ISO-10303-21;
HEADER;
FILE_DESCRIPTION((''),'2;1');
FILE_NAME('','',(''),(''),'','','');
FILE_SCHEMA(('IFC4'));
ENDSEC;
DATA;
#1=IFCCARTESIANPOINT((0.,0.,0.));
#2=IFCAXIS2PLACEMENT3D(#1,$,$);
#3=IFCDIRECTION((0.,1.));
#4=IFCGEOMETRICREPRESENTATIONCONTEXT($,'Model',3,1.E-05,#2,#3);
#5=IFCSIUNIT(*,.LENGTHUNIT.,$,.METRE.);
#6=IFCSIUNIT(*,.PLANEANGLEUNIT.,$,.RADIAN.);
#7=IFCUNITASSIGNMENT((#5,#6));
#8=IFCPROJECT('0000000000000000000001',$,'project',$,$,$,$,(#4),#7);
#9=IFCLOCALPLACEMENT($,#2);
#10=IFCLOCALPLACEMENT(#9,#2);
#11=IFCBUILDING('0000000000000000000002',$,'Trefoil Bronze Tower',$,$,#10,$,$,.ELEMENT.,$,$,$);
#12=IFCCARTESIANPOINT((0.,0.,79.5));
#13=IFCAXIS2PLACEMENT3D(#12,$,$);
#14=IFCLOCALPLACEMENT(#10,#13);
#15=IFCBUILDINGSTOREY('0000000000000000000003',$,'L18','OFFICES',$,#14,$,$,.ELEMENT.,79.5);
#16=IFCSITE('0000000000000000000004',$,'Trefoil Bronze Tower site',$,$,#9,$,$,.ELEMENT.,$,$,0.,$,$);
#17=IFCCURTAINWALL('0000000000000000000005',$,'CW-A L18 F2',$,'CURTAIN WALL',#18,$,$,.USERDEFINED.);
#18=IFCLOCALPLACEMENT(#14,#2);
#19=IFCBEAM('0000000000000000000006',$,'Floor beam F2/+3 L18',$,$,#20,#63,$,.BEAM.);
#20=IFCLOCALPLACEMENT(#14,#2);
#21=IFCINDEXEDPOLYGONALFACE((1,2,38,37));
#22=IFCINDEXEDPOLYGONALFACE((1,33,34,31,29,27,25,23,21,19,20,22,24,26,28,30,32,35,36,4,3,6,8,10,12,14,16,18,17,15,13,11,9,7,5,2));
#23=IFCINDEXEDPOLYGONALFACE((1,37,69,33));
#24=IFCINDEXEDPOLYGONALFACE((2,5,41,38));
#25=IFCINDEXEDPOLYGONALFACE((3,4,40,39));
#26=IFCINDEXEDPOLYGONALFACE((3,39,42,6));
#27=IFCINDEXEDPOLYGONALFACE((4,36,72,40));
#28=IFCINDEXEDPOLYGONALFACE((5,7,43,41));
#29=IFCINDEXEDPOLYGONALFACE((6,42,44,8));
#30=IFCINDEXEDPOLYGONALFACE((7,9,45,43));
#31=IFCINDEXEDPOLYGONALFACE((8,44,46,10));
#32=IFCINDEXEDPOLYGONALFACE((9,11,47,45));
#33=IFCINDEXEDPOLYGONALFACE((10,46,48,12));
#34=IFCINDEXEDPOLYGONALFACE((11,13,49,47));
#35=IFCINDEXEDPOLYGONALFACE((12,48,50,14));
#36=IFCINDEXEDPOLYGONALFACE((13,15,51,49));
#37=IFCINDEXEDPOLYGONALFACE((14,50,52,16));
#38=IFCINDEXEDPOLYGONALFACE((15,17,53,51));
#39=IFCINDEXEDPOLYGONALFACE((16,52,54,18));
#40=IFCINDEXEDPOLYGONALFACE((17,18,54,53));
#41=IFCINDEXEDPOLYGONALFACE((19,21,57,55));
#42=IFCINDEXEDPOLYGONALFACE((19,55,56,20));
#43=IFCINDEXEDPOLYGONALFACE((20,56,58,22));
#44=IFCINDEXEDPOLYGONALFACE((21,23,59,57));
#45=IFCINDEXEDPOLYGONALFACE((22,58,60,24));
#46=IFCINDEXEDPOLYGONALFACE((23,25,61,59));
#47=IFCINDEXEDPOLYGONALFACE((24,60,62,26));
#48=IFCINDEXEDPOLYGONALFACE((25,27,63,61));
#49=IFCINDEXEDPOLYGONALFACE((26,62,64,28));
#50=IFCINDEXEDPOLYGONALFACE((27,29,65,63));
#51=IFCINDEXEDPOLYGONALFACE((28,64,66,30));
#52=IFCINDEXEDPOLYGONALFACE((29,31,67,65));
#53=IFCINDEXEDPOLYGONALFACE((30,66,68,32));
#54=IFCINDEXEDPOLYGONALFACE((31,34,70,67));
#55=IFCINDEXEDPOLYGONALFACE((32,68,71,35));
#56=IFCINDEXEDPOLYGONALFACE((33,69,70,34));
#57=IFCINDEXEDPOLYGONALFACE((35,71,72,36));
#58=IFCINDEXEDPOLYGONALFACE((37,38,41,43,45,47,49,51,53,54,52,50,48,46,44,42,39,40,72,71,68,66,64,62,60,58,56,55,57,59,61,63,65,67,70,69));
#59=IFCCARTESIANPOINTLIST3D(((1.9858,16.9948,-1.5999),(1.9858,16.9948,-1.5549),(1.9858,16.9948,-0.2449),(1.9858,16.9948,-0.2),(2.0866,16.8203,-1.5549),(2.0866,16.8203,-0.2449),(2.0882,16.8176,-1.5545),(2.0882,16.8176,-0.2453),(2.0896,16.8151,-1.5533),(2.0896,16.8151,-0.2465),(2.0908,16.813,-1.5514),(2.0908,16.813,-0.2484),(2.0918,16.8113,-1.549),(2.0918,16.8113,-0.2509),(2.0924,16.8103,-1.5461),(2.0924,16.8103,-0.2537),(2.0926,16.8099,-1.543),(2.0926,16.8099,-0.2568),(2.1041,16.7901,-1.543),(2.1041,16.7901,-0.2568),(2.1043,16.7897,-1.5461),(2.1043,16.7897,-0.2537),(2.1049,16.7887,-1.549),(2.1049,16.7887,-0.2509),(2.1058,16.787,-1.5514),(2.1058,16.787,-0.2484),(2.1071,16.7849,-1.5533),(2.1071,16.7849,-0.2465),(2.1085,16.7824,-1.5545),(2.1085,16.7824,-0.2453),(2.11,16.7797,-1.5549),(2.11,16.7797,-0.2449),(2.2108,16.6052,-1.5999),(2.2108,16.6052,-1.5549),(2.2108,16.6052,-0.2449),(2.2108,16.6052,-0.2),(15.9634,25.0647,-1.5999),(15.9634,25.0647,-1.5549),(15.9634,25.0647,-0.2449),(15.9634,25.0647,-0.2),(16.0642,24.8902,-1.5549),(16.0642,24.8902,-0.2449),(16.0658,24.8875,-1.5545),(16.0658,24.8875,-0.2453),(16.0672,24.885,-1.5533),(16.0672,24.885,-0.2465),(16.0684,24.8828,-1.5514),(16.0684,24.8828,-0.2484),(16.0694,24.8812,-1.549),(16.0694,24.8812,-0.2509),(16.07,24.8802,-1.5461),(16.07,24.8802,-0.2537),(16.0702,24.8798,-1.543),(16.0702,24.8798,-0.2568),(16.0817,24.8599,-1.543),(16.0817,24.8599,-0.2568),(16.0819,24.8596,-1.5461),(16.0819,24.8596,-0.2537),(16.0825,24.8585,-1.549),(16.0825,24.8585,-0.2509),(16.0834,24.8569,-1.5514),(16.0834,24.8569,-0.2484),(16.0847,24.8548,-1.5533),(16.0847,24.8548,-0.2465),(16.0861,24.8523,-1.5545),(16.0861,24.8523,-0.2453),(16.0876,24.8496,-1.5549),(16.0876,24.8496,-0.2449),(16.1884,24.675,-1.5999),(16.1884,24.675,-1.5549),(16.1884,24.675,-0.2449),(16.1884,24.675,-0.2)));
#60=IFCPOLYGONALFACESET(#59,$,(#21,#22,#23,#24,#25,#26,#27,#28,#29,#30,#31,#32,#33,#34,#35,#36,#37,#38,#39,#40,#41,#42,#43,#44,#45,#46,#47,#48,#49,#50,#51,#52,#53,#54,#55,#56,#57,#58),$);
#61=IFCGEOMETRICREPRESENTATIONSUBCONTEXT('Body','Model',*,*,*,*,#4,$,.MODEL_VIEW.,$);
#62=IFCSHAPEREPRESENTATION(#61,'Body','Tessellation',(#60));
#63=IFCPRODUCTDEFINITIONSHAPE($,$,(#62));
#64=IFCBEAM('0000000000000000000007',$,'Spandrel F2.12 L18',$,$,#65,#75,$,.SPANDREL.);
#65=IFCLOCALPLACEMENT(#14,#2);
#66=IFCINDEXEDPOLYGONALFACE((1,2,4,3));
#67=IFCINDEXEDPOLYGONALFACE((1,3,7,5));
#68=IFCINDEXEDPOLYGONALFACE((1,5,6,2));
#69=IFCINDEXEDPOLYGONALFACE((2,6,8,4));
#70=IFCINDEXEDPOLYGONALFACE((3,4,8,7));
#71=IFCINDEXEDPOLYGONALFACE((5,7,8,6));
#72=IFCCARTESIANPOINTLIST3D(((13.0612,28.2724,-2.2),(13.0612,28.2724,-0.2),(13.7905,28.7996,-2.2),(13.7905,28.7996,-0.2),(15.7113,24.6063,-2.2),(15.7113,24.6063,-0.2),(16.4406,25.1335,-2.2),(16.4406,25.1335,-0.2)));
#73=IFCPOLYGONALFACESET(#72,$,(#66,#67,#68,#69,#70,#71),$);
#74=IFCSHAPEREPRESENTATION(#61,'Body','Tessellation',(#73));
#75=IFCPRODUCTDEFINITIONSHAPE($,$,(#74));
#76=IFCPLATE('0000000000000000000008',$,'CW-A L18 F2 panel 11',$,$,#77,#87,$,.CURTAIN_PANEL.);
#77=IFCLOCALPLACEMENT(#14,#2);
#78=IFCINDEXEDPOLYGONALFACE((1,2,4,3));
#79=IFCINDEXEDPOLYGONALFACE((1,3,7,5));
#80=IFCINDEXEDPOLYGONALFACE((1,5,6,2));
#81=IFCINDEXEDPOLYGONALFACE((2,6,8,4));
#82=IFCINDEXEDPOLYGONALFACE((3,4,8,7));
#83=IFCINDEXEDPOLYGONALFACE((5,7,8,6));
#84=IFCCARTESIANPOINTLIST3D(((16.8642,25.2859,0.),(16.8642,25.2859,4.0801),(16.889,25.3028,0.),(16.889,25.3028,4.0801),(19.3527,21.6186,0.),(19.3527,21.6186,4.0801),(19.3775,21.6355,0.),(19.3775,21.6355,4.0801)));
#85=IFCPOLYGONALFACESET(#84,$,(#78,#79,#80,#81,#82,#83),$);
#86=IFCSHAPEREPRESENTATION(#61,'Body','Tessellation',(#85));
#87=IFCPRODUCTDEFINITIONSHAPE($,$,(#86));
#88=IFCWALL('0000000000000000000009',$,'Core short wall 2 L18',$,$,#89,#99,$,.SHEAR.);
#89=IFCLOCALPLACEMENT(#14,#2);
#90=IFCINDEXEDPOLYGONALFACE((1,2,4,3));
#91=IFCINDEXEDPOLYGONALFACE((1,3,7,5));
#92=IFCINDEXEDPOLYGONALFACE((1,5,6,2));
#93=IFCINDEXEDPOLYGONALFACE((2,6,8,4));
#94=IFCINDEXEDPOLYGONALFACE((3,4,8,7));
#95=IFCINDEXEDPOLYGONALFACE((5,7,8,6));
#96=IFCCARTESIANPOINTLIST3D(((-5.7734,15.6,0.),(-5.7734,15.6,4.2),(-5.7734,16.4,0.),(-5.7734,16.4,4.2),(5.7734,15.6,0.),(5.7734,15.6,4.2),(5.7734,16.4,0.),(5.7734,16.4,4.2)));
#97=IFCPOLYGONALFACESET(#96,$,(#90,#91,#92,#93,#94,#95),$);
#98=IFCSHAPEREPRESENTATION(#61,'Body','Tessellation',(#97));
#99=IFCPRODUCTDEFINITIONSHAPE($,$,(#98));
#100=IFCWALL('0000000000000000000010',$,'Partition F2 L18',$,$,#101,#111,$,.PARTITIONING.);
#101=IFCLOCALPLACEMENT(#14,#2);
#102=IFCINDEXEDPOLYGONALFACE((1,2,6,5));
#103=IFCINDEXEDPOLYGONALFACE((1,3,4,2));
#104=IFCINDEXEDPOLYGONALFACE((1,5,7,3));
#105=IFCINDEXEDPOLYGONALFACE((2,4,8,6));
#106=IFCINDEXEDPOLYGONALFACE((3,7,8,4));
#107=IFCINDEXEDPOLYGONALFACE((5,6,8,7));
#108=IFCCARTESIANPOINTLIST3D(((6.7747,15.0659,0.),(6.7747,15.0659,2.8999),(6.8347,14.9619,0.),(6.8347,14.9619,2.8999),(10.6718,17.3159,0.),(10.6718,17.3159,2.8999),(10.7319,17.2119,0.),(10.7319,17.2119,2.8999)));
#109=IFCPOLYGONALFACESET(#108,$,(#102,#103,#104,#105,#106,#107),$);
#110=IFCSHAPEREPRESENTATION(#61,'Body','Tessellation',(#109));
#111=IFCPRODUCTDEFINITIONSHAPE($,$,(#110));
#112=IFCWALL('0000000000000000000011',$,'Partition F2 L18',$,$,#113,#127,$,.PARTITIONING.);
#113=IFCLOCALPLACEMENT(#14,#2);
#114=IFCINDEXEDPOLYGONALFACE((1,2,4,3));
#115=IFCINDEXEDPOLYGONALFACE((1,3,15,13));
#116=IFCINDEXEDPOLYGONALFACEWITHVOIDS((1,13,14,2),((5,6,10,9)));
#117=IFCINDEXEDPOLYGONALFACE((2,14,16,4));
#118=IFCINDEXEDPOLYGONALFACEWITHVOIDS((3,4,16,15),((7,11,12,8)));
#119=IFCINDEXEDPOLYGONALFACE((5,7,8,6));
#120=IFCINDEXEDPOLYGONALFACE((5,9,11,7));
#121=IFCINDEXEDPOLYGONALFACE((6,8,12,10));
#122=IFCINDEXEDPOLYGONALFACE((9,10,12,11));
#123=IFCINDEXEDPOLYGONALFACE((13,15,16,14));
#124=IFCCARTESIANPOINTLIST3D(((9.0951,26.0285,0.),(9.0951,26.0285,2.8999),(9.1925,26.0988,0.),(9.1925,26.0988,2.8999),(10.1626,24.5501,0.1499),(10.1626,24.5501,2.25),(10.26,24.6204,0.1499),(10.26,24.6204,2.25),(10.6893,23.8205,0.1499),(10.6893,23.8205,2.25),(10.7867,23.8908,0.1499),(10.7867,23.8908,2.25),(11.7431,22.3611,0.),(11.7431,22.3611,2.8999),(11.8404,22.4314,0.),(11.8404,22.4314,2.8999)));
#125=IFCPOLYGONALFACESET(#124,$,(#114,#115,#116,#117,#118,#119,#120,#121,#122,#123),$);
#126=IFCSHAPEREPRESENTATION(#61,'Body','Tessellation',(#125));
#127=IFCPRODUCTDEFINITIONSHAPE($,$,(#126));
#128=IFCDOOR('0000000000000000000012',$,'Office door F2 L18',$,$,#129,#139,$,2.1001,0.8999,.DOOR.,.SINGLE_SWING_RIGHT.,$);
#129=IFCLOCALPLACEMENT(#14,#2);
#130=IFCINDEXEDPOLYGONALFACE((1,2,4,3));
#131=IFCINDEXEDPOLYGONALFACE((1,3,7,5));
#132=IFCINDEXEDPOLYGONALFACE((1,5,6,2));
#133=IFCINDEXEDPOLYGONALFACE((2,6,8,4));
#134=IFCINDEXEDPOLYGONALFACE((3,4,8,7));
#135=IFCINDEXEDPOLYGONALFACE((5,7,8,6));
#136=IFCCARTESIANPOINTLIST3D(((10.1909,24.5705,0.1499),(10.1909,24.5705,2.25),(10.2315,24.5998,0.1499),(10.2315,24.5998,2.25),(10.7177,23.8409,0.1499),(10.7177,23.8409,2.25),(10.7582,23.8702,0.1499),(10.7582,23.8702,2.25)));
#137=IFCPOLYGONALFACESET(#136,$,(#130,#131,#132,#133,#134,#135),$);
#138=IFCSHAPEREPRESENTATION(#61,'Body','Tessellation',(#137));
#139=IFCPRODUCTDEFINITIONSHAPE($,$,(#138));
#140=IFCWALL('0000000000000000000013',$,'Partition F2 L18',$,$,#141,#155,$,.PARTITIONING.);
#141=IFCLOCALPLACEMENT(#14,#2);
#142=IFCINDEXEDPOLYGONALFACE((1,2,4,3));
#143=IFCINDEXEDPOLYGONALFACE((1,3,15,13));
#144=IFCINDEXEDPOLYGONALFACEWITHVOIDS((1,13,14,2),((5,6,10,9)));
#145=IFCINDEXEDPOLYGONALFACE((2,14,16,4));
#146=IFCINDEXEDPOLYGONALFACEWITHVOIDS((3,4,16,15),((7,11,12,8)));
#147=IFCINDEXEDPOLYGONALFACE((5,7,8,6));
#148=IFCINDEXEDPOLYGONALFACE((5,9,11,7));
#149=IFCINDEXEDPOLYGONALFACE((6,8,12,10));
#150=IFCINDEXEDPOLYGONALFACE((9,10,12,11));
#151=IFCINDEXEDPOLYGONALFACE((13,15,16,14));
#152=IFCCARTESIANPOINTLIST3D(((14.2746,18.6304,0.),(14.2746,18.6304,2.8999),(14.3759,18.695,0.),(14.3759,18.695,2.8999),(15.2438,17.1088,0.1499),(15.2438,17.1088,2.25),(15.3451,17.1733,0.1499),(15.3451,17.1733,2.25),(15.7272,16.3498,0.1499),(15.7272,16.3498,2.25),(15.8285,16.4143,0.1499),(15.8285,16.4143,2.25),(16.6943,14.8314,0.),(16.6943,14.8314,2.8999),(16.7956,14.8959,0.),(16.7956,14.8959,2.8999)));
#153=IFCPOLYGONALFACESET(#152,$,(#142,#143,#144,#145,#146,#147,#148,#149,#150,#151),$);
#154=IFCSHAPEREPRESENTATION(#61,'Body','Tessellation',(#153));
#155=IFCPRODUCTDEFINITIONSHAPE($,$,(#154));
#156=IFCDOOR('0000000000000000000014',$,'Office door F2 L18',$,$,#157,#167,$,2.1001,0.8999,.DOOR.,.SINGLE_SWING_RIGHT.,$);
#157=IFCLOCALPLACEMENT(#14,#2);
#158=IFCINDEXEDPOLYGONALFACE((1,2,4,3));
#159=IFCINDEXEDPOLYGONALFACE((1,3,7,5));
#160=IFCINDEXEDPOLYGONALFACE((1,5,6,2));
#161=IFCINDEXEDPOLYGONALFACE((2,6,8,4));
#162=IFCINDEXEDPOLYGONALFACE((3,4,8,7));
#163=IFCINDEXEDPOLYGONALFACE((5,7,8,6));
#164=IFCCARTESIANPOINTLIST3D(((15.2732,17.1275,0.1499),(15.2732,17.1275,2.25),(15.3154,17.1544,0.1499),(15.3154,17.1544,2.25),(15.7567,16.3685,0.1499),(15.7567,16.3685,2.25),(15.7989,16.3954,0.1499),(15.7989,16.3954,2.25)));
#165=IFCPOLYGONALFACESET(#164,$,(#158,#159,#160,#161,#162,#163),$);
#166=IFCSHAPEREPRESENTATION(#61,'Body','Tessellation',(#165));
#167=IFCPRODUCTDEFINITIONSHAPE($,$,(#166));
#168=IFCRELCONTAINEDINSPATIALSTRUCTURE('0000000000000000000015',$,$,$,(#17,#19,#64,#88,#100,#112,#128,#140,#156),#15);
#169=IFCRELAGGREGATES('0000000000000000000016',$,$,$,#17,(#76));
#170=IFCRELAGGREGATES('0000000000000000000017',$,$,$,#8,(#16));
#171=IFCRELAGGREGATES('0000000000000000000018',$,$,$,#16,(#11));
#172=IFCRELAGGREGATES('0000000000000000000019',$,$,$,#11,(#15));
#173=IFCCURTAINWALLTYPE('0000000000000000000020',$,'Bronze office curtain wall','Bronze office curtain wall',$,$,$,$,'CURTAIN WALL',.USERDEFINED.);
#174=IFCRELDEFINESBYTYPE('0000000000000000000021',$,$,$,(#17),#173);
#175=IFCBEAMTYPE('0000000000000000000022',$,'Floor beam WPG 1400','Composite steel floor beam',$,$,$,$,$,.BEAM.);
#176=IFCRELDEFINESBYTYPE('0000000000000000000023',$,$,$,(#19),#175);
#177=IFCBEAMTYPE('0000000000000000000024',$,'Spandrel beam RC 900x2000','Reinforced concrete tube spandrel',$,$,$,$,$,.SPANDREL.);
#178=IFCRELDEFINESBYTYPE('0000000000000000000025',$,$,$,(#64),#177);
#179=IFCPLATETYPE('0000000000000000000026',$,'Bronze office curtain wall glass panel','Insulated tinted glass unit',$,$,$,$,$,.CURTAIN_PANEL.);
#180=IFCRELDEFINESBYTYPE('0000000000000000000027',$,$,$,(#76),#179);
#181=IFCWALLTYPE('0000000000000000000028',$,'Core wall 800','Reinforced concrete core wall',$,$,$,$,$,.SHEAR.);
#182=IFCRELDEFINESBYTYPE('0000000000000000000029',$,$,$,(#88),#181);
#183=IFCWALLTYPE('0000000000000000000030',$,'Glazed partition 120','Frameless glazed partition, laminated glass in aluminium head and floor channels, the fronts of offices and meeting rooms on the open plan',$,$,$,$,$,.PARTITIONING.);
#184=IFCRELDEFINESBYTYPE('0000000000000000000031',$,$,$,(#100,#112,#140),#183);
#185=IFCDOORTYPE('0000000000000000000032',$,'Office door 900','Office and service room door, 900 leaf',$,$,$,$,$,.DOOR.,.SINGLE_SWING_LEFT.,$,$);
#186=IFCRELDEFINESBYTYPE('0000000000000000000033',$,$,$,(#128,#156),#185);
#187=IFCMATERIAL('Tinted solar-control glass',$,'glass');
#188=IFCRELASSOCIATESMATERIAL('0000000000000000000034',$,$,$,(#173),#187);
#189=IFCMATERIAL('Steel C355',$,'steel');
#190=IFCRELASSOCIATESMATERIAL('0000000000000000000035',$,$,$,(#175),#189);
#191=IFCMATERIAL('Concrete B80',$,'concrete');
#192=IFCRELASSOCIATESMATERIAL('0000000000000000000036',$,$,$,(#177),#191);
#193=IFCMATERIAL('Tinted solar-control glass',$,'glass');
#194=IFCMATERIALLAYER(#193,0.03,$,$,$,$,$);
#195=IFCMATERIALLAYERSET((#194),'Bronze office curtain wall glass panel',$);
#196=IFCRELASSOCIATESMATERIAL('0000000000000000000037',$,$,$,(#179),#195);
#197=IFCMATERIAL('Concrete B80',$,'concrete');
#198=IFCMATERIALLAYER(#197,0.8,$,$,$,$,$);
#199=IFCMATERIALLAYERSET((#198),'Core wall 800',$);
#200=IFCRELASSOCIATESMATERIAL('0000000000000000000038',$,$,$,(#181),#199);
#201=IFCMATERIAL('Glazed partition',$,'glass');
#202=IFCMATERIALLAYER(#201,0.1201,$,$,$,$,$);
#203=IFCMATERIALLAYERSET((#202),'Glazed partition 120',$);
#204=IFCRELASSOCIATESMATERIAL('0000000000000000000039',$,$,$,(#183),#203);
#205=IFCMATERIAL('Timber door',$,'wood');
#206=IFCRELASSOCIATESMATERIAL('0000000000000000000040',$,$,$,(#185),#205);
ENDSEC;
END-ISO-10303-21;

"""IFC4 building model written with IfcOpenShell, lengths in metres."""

from ifc_helpers import new_model, si_unit, direction, frame, frame_2d, origin, origin_2d, place, context, subcontext, project, spatial, rectangle, i_section, extrude, material, layer, layer_set, material_profile, profile_set, type_object, element, fill, aggregate, save


model = new_model("IFC4")

# Units and contexts
model_context = context("Model", 3, precision=1e-05, world=origin(), true_north=direction((0.0, 1.0)))
body_context = subcontext(model_context, "Body", "Model", "MODEL_VIEW")
ifc_project = project(units=[si_unit("LENGTHUNIT", "METRE"), si_unit("PLANEANGLEUNIT", "RADIAN")], contexts=[model_context])

# Site, building, storey
site_placement = place(None, origin())
site = spatial("IfcSite", under=ifc_project, at=site_placement, Name="Trefoil Bronze Tower site", CompositionType="ELEMENT", RefElevation=0.0)
building_placement = place(site_placement, origin())
building = spatial("IfcBuilding", under=site, at=building_placement, Name="Trefoil Bronze Tower", CompositionType="ELEMENT")
storey_placement = place(building_placement, frame((0.0, 0.0, 79.5)))
storey = spatial("IfcBuildingStorey", under=building, at=storey_placement, Name="L18", Description="OFFICES", CompositionType="ELEMENT", Elevation=79.5)

# Curtain wall
ifc_material_1 = material(Name="Tinted solar-control glass", Category="glass")
curtain_wall_type = type_object("IfcCurtainWallType", Name="Bronze office curtain wall", Description="Bronze office curtain wall", ElementType="CURTAIN WALL", PredefinedType="USERDEFINED", material=ifc_material_1)
curtain_wall_placement = place(storey_placement, origin())
curtain_wall = element("IfcCurtainWall", 1, at=curtain_wall_placement, inside=storey, type_object=curtain_wall_type, Name="CW-A L18 F2", ObjectType="CURTAIN WALL", PredefinedType="USERDEFINED")

# Beams
ifc_material_2 = material(Name="Steel C355", Category="steel")
ifc_material_profile_1 = material_profile(ifc_material_2, i_section(OverallWidth=0.45, OverallDepth=1.3999, WebThickness=0.0229, FlangeThickness=0.0449, FilletRadius=0.012, at=origin_2d()), Name="WPG 1400")
ifc_profile_set_1 = profile_set([ifc_material_profile_1], Name="Steel C355")
beam_type_1 = type_object("IfcBeamType", Name="Floor beam WPG 1400", Description="Composite steel floor beam", PredefinedType="BEAM", material=ifc_profile_set_1)
beam_1_placement = place(storey_placement, frame((16.0759, 24.8699, -0.8999), z_axis=(-0.866028, -0.499995, 0.0), x_axis=(0.499995, -0.866028, 0.0)))
element("IfcBeam", 2, at=beam_1_placement, inside=storey, type_object=beam_type_1, Name="Floor beam F2/+3 L18", PredefinedType="BEAM", context=body_context, shape_type="SweptSolid", body=[
    extrude(i_section(OverallWidth=0.45, OverallDepth=1.3999, WebThickness=0.0229, FlangeThickness=0.0449, FilletRadius=0.012, at=origin_2d()), origin(), (0.0, 0.0, 1.0), 16.1399),
])
ifc_material_3 = material(Name="Concrete B80", Category="concrete")
ifc_material_profile_2 = material_profile(ifc_material_3, rectangle(XDim=0.8999, YDim=2.0, at=origin_2d()), Name="RC 900x2000")
ifc_profile_set_2 = profile_set([ifc_material_profile_2], Name="Concrete B80")
beam_type_2 = type_object("IfcBeamType", Name="Spandrel beam RC 900x2000", Description="Reinforced concrete tube spandrel", PredefinedType="SPANDREL", material=ifc_profile_set_2)
beam_2_placement = place(storey_placement, frame((16.0759, 24.8699, -1.2), z_axis=(-0.585824, 0.810439, 0.0), x_axis=(-0.810439, -0.585824, 0.0)))
element("IfcBeam", 3, at=beam_2_placement, inside=storey, type_object=beam_type_2, Name="Spandrel F2.12 L18", PredefinedType="SPANDREL", context=body_context, shape_type="SweptSolid", body=[
    extrude(rectangle(XDim=0.8999, YDim=2.0, at=origin_2d()), origin(), (0.0, 0.0, 1.0), 4.5237),
])

# Plate
ifc_material_4 = material(Name="Tinted solar-control glass", Category="glass")
ifc_layer_1 = layer(ifc_material_4, 0.03)
ifc_layer_set_1 = layer_set([ifc_layer_1], Name="Bronze office curtain wall glass panel")
plate_type = type_object("IfcPlateType", Name="Bronze office curtain wall glass panel", Description="Insulated tinted glass unit", PredefinedType="CURTAIN_PANEL", material=ifc_layer_set_1)
plate_placement = place(storey_placement, frame((18.1208, 23.4607, 0.0), z_axis=(0.0, 0.0, 1.0), x_axis=(-0.56151, 0.82747, 0.0)))
plate = element("IfcPlate", 4, at=plate_placement, type_object=plate_type, Name="CW-A L18 F2 panel 11", PredefinedType="CURTAIN_PANEL", context=body_context, shape_type="SweptSolid", body=[
    extrude(rectangle(XDim=4.4319, YDim=0.03, at=origin_2d()), origin(), (0.0, 0.0, 1.0), 4.0801),
])
aggregate(curtain_wall, [plate])

# Walls
ifc_material_5 = material(Name="Concrete B80", Category="concrete")
ifc_layer_2 = layer(ifc_material_5, 0.8)
ifc_layer_set_2 = layer_set([ifc_layer_2], Name="Core wall 800")
wall_type_1 = type_object("IfcWallType", Name="Core wall 800", Description="Reinforced concrete core wall", PredefinedType="SHEAR", material=ifc_layer_set_2)
wall_1_placement = place(storey_placement, frame((5.7734, 16.0, 0.0), z_axis=(0.0, 0.0, 1.0), x_axis=(-1.0, 0.0, 0.0)))
element("IfcWall", 5, at=wall_1_placement, inside=storey, type_object=wall_type_1, Name="Core short wall 2 L18", PredefinedType="SHEAR", context=body_context, shape_type="SweptSolid", body=[
    extrude(rectangle(XDim=11.5469, YDim=0.8, at=frame_2d((5.7734, 0.0))), origin(), (0.0, 0.0, 1.0), 4.2),
])
ifc_material_6 = material(Name="Glazed partition", Category="glass")
ifc_layer_3 = layer(ifc_material_6, 0.1201)
ifc_layer_set_3 = layer_set([ifc_layer_3], Name="Glazed partition 120")
wall_type_2 = type_object("IfcWallType", Name="Glazed partition 120", Description="Frameless glazed partition, laminated glass in aluminium head and floor channels, the fronts of offices and meeting rooms on the open plan", PredefinedType="PARTITIONING", material=ifc_layer_set_3)
wall_2_placement = place(storey_placement, frame((6.8047, 15.0139, 0.0), z_axis=(0.0, 0.0, 1.0), x_axis=(0.866031, 0.49999, 0.0)))
element("IfcWall", 6, at=wall_2_placement, inside=storey, type_object=wall_type_2, Name="Partition F2 L18", PredefinedType="PARTITIONING", context=body_context, shape_type="SweptSolid", body=[
    extrude(rectangle(XDim=4.5, YDim=0.1201, at=frame_2d((2.25, 0.0))), origin(), (0.0, 0.0, 1.0), 2.8999),
])

# Walls, openings, doors
wall_3_placement = place(storey_placement, frame((11.7917, 22.3962, 0.0), z_axis=(0.0, 0.0, 1.0), x_axis=(-0.585376, 0.810762, 0.0)))
wall_3 = element("IfcWall", 7, at=wall_3_placement, inside=storey, type_object=wall_type_2, Name="Partition F2 L18", PredefinedType="PARTITIONING", context=body_context, shape_type="SweptSolid", body=[
    extrude(rectangle(XDim=4.5234, YDim=0.1201, at=frame_2d((2.2617, 0.0))), origin(), (0.0, 0.0, 1.0), 2.8999),
])
opening_1_placement = place(wall_3_placement, frame((1.8, 0.0, 0.1499)))
opening_1 = element("IfcOpeningElement", 8, at=opening_1_placement, cuts=wall_3, PredefinedType="OPENING", context=body_context, shape_type="SweptSolid", body=[
    extrude(rectangle(XDim=0.8999, YDim=2.1001, at=frame_2d((0.45, 1.05))), frame((0.0, 0.0701, 0.0), z_axis=(0.0, -1.0, 0.0), x_axis=(1.0, 0.0, 0.0)), (0.0, 0.0, 1.0), 0.1401),
])
ifc_material_7 = material(Name="Timber door", Category="wood")
door_type = type_object("IfcDoorType", Name="Office door 900", Description="Office and service room door, 900 leaf", OperationType="SINGLE_SWING_LEFT", PredefinedType="DOOR", material=ifc_material_7)
door_1_placement = place(opening_1_placement, frame((0.8999, 0.0, 0.0), z_axis=(0.0, 0.0, 1.0), x_axis=(-1.0, 0.0, 0.0)))
door_1 = element("IfcDoor", 9, at=door_1_placement, inside=storey, type_object=door_type, Name="Office door F2 L18", OperationType="SINGLE_SWING_RIGHT", OverallHeight=2.1001, OverallWidth=0.8999, PredefinedType="DOOR", context=body_context, shape_type="SweptSolid", body=[
    extrude(rectangle(XDim=0.8999, YDim=2.1001, at=frame_2d((0.45, 1.05))), frame((0.0, 0.0249, 0.0), z_axis=(0.0, -1.0, 0.0), x_axis=(1.0, 0.0, 0.0)), (0.0, 0.0, 1.0), 0.05),
])
fill(opening_1, door_1)
wall_4_placement = place(storey_placement, frame((16.7449, 14.8638, 0.0), z_axis=(0.0, 0.0, 1.0), x_axis=(-0.537205, 0.843452, 0.0)))
wall_4 = element("IfcWall", 10, at=wall_4_placement, inside=storey, type_object=wall_type_2, Name="Partition F2 L18", PredefinedType="PARTITIONING", context=body_context, shape_type="SweptSolid", body=[
    extrude(rectangle(XDim=4.5042, YDim=0.1201, at=frame_2d((2.252, 0.0))), origin(), (0.0, 0.0, 1.0), 2.8999),
])
opening_2_placement = place(wall_4_placement, frame((1.8, 0.0, 0.1499)))
opening_2 = element("IfcOpeningElement", 11, at=opening_2_placement, cuts=wall_4, PredefinedType="OPENING", context=body_context, shape_type="SweptSolid", body=[
    extrude(rectangle(XDim=0.8999, YDim=2.1001, at=frame_2d((0.45, 1.05))), frame((0.0, 0.0701, 0.0), z_axis=(0.0, -1.0, 0.0), x_axis=(1.0, 0.0, 0.0)), (0.0, 0.0, 1.0), 0.1401),
])
door_2_placement = place(opening_2_placement, frame((0.8999, 0.0, 0.0), z_axis=(0.0, 0.0, 1.0), x_axis=(-1.0, 0.0, 0.0)))
door_2 = element("IfcDoor", 12, at=door_2_placement, inside=storey, type_object=door_type, Name="Office door F2 L18", OperationType="SINGLE_SWING_RIGHT", OverallHeight=2.1001, OverallWidth=0.8999, PredefinedType="DOOR", context=body_context, shape_type="SweptSolid", body=[
    extrude(rectangle(XDim=0.8999, YDim=2.1001, at=frame_2d((0.45, 1.05))), frame((0.0, 0.0249, 0.0), z_axis=(0.0, -1.0, 0.0), x_axis=(1.0, 0.0, 0.0)), (0.0, 0.0, 1.0), 0.05),
])
fill(opening_2, door_2)

save(model, "model.ifc")
